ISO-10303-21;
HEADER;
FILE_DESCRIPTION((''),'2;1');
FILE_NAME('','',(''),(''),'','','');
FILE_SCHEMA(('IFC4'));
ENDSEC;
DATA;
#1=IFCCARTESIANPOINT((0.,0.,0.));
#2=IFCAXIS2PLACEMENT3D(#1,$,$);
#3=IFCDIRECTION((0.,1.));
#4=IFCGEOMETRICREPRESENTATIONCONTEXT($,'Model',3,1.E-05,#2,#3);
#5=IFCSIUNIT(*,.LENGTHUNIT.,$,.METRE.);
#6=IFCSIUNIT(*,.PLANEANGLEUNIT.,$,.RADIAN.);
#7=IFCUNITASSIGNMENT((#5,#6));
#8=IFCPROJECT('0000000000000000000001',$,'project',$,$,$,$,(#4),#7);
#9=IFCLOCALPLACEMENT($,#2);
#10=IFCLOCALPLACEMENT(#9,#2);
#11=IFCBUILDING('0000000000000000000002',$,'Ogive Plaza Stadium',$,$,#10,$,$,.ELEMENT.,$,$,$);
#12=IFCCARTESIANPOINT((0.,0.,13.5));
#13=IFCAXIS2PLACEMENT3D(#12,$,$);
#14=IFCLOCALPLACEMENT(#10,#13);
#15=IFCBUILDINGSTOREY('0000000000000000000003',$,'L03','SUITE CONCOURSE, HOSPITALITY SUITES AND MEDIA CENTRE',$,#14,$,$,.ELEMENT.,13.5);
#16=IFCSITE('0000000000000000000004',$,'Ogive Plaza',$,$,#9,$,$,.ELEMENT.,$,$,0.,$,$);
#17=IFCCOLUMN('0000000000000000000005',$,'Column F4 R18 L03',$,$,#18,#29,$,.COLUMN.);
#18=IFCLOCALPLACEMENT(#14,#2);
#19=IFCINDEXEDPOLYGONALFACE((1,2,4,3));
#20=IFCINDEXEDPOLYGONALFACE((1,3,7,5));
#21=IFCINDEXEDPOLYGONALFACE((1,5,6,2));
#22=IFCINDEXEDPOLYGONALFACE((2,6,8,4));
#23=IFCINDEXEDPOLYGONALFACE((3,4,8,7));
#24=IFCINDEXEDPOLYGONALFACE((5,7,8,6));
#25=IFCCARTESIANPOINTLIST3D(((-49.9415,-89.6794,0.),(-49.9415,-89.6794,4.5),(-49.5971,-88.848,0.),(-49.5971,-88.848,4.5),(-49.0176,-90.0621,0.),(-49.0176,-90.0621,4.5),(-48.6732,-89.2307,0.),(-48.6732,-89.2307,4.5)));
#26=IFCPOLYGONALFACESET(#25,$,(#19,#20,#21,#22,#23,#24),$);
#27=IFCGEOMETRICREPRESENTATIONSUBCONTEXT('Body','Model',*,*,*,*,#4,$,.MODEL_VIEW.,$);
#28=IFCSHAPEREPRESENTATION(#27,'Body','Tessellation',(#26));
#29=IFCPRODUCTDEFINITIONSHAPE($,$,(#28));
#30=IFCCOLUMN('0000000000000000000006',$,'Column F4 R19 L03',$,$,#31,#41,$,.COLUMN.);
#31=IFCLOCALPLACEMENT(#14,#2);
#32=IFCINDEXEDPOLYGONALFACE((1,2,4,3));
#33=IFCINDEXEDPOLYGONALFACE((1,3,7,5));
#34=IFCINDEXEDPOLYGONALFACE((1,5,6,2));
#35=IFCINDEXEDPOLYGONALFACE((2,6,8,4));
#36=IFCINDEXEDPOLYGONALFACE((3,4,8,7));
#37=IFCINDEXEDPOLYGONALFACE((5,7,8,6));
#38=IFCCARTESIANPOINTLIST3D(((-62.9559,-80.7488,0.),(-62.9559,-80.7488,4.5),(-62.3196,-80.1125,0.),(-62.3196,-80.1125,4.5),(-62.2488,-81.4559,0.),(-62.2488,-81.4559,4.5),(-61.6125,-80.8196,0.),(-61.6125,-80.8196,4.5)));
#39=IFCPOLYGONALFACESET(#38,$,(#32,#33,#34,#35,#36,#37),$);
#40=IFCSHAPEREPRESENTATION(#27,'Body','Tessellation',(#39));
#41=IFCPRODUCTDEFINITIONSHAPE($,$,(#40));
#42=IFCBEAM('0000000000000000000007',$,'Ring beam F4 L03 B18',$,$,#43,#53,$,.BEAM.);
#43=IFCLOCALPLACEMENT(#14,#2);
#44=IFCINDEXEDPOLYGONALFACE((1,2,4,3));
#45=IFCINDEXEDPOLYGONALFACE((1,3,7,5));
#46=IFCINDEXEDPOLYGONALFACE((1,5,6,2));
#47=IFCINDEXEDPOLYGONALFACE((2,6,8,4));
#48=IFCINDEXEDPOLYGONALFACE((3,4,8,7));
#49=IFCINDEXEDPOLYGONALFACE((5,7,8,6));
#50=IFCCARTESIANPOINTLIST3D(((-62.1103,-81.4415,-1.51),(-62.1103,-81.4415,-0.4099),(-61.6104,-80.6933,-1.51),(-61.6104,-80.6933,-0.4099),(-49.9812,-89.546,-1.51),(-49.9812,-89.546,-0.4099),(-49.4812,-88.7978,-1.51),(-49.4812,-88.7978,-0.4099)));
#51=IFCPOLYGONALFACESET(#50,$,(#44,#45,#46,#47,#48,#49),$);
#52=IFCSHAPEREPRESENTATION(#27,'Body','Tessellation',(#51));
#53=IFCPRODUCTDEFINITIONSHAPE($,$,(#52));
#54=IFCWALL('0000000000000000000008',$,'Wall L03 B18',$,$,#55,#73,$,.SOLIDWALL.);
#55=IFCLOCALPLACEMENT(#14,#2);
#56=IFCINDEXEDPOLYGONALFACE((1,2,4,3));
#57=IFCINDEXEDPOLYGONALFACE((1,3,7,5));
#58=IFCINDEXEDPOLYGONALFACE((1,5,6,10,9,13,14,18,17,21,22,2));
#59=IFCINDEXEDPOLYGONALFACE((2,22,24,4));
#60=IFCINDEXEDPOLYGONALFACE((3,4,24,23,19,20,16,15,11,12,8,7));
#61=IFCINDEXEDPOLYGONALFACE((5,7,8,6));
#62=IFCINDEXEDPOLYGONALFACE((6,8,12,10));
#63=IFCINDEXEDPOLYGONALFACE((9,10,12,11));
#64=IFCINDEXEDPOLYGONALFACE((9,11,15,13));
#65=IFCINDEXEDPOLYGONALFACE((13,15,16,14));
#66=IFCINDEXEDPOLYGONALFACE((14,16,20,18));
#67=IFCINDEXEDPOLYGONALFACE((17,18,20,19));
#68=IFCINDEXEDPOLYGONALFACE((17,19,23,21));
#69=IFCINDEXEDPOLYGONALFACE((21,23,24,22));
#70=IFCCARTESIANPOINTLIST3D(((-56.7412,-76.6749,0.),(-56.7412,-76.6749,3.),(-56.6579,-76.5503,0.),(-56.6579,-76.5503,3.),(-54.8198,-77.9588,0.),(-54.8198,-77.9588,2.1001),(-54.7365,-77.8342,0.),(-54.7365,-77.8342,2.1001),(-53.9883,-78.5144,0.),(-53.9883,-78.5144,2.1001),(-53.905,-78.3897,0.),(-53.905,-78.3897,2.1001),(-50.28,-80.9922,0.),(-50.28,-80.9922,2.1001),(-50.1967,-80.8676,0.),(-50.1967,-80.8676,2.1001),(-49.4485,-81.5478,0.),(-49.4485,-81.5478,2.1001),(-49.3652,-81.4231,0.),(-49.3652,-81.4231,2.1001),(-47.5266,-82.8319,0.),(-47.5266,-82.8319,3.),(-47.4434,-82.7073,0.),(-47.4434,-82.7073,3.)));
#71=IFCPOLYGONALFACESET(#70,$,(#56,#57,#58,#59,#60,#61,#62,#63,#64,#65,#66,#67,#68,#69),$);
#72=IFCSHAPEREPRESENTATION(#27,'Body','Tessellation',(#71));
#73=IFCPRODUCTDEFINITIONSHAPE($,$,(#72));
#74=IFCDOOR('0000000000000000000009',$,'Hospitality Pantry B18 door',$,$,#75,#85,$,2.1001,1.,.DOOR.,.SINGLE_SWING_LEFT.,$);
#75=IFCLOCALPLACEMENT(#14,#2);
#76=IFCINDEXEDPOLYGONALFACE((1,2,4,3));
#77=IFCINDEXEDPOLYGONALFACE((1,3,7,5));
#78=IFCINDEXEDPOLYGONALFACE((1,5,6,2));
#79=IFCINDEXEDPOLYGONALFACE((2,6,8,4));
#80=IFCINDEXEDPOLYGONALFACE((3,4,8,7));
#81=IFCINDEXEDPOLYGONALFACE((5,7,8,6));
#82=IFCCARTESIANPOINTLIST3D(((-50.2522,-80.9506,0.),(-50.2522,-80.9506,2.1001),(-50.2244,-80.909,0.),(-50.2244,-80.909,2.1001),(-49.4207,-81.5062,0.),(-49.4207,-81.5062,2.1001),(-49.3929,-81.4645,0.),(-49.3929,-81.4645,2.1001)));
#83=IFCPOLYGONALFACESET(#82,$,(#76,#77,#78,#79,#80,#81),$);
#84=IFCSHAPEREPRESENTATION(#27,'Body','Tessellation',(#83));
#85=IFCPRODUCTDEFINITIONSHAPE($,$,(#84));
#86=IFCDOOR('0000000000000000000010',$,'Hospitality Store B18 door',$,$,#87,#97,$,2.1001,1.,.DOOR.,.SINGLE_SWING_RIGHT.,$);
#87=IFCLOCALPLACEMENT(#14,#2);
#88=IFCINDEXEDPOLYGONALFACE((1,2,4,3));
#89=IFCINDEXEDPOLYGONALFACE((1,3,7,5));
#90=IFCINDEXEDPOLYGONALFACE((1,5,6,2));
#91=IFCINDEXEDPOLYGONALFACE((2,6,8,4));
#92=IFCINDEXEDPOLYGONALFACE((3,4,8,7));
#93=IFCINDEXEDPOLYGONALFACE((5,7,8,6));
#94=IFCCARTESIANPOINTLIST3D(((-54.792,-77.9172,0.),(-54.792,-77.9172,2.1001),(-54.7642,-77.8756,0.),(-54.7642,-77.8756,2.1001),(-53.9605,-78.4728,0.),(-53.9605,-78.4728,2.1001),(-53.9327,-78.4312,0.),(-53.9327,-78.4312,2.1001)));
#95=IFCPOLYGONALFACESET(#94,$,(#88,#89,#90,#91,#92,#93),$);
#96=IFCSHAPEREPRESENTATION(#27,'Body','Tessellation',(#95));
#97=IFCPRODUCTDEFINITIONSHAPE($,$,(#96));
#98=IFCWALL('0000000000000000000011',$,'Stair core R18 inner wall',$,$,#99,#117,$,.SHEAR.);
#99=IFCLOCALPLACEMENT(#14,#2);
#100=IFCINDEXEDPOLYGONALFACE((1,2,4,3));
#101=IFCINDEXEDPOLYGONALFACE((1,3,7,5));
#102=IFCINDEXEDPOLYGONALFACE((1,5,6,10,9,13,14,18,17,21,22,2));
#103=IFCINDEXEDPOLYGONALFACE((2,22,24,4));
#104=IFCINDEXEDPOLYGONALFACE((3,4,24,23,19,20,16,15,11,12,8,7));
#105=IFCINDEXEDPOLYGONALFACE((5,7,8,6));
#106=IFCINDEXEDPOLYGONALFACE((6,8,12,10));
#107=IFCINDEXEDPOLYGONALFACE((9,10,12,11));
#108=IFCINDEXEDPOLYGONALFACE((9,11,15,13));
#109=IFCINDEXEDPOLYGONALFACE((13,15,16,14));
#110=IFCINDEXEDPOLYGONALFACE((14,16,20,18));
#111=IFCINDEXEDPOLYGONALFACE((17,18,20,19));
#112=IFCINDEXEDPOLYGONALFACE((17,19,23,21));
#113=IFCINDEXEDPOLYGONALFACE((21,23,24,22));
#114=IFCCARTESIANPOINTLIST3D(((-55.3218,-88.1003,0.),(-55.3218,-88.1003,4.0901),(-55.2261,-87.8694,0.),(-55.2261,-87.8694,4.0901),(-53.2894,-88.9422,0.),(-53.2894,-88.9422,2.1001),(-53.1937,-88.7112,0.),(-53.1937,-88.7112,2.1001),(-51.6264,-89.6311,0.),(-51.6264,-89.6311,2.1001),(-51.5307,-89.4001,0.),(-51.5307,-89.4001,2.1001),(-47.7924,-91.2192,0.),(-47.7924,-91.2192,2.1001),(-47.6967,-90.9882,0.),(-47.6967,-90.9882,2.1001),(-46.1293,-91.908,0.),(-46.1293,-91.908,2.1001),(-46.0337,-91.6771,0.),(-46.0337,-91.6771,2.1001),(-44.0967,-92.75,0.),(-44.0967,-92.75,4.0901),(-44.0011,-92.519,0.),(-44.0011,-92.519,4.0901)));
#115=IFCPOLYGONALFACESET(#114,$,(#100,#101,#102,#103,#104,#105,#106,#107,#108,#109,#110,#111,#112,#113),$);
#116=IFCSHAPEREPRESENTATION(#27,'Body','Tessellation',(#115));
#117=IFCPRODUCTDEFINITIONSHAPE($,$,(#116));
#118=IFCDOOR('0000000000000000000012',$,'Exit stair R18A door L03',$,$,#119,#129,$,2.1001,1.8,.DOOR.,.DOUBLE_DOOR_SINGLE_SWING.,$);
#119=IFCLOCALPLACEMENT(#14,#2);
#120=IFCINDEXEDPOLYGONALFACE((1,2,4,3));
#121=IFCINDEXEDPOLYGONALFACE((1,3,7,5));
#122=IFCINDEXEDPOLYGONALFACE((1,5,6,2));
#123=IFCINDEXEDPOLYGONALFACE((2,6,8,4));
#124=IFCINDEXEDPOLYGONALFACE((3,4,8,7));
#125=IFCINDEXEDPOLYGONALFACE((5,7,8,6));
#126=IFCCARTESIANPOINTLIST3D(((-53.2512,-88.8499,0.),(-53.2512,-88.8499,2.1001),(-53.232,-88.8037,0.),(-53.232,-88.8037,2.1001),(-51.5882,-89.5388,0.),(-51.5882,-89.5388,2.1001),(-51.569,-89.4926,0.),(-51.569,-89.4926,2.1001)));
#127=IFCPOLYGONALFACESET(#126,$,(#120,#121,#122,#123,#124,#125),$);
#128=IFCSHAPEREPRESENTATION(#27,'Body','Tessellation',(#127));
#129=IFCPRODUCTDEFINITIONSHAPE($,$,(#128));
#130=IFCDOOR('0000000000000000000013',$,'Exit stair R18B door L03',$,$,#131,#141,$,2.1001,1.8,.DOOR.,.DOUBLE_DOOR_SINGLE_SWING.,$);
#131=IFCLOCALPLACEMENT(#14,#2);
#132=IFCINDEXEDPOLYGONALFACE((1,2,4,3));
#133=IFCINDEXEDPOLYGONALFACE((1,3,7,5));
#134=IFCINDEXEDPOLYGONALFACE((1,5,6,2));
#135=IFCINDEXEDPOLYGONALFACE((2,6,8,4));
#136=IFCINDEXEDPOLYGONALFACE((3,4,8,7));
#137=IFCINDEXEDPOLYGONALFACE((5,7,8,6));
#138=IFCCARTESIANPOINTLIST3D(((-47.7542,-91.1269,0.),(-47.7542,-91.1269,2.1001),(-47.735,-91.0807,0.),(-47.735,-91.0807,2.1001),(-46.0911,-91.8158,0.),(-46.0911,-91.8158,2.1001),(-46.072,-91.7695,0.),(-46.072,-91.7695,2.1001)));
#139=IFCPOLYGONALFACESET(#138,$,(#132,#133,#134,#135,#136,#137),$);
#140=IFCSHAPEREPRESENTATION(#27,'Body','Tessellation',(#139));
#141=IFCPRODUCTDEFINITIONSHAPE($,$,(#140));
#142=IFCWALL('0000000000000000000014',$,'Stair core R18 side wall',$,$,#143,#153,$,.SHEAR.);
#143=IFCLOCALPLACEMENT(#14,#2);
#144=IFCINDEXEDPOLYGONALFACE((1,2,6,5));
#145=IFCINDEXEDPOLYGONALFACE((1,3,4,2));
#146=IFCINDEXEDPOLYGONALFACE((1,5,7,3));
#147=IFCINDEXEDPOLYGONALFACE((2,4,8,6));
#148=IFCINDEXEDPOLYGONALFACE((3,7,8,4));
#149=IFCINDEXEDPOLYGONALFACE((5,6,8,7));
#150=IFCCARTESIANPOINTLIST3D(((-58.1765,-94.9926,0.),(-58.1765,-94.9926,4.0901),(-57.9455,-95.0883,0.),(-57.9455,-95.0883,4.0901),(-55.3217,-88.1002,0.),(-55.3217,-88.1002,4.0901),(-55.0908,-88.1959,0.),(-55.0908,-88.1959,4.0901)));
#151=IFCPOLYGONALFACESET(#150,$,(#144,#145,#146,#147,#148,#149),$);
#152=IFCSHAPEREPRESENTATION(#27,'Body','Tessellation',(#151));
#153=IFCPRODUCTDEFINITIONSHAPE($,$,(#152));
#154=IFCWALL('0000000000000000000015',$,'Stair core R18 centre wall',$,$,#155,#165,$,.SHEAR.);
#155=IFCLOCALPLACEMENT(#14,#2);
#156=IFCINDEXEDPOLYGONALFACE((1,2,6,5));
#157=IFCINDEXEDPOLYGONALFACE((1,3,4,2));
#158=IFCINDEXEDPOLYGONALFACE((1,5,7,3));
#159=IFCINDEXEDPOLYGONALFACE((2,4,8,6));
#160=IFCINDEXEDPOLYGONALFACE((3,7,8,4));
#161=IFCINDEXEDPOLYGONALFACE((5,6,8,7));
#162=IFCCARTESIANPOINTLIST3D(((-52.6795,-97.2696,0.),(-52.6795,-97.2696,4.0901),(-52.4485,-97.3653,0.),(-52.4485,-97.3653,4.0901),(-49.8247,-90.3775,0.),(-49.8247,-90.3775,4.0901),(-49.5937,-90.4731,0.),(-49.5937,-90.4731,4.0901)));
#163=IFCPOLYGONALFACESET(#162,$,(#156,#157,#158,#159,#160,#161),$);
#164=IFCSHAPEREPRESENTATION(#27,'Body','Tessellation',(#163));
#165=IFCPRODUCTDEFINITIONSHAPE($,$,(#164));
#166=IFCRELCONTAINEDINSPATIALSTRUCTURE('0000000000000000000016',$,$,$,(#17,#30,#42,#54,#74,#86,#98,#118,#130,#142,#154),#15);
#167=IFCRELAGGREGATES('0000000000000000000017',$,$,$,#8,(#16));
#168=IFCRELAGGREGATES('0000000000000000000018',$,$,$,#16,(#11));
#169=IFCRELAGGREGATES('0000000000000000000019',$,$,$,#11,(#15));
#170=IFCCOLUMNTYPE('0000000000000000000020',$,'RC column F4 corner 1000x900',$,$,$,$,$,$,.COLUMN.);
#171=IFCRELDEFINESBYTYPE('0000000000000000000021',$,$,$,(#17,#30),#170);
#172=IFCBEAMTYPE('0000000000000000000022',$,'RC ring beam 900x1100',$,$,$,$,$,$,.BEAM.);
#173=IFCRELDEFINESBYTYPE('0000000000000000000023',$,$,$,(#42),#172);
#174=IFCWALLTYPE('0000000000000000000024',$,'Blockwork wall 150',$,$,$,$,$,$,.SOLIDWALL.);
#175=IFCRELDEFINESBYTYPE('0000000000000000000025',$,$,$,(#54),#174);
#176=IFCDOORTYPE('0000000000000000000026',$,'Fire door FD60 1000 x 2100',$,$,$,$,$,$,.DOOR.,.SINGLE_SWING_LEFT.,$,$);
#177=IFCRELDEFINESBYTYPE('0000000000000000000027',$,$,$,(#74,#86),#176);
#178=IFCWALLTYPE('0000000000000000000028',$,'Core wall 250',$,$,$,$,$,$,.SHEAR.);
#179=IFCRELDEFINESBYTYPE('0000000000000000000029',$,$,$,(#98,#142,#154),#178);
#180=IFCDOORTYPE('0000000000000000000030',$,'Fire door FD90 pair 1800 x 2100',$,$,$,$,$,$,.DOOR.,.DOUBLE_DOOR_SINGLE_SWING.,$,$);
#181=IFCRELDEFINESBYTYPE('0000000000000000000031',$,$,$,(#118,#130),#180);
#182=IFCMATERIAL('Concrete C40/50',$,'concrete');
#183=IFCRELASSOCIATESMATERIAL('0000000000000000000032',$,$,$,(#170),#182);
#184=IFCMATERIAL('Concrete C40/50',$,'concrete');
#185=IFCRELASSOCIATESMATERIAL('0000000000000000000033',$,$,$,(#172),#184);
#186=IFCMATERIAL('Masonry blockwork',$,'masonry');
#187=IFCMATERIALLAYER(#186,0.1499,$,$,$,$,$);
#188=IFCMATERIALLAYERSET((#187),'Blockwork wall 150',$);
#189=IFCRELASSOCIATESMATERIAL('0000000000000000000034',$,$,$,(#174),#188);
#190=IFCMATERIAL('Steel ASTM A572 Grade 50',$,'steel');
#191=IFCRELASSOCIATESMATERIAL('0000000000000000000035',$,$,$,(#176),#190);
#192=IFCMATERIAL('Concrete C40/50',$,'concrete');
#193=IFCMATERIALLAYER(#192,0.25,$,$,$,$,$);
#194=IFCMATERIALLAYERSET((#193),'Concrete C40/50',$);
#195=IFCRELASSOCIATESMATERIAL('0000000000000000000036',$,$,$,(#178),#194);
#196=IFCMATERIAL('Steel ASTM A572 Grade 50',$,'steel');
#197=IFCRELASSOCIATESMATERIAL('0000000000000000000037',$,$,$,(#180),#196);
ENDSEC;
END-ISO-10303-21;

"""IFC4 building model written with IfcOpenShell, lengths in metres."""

from ifc_helpers import new_model, si_unit, direction, frame, frame_2d, origin, origin_2d, place, context, subcontext, project, spatial, rectangle, extrude, material, layer, layer_set, material_profile, profile_set, type_object, element, fill, save


model = new_model("IFC4")

# Units and contexts
model_context = context("Model", 3, precision=1e-05, world=origin(), true_north=direction((0.0, 1.0)))
body_context = subcontext(model_context, "Body", "Model", "MODEL_VIEW")
ifc_project = project(units=[si_unit("LENGTHUNIT", "METRE"), si_unit("PLANEANGLEUNIT", "RADIAN")], contexts=[model_context])

# Site, building, storey
site_placement = place(None, origin())
site = spatial("IfcSite", under=ifc_project, at=site_placement, Name="Ogive Plaza", CompositionType="ELEMENT", RefElevation=0.0)
building_placement = place(site_placement, origin())
building = spatial("IfcBuilding", under=site, at=building_placement, Name="Ogive Plaza Stadium", CompositionType="ELEMENT")
storey_placement = place(building_placement, frame((0.0, 0.0, 13.5)))
storey = spatial("IfcBuildingStorey", under=building, at=storey_placement, Name="L03", Description="SUITE CONCOURSE, HOSPITALITY SUITES AND MEDIA CENTRE", CompositionType="ELEMENT", Elevation=13.5)

# Columns
ifc_material_1 = material(Name="Concrete C40/50", Category="concrete")
ifc_material_profile_1 = material_profile(ifc_material_1, rectangle(XDim=1.0, YDim=0.8999, at=origin_2d()), Name="RC 1000x900")
ifc_profile_set_1 = profile_set([ifc_material_profile_1], Name="Concrete C40/50")
column_type = type_object("IfcColumnType", Name="RC column F4 corner 1000x900", PredefinedType="COLUMN", material=ifc_profile_set_1)
for number, where, z_axis, x_axis, name in (
    (1, (-49.3074, -89.4551, 0.0), (0.0, 0.0, 1.0), (0.92388, -0.382683, 0.0), "Column F4 R18 L03"),
    (2, (-62.2842, -80.7842, 0.0), (0.0, 0.0, 1.0), (0.707107, -0.707107, 0.0), "Column F4 R19 L03"),
):
    element("IfcColumn", number, at=place(storey_placement, frame(where, z_axis=z_axis, x_axis=x_axis)), inside=storey, type_object=column_type, Name=name, PredefinedType="COLUMN", context=body_context, shape_type="SweptSolid", body=[
        extrude(rectangle(XDim=1.0, YDim=0.8999, at=origin_2d()), origin(), (0.0, 0.0, 1.0), 4.5),
    ])

# Beam
ifc_material_2 = material(Name="Concrete C40/50", Category="concrete")
ifc_material_profile_2 = material_profile(ifc_material_2, rectangle(XDim=0.8999, YDim=1.1001, at=origin_2d()), Name="RC 900x1100")
ifc_profile_set_2 = profile_set([ifc_material_profile_2], Name="Concrete C40/50")
beam_type = type_object("IfcBeamType", Name="RC ring beam 900x1100", PredefinedType="BEAM", material=ifc_profile_set_2)
beam_placement = place(storey_placement, frame((-49.7312, -89.1719, -0.96), z_axis=(-0.831468, 0.555573, 0.0), x_axis=(-0.555573, -0.831468, 0.0)))
element("IfcBeam", 3, at=beam_placement, inside=storey, type_object=beam_type, Name="Ring beam F4 L03 B18", PredefinedType="BEAM", context=body_context, shape_type="SweptSolid", body=[
    extrude(rectangle(XDim=0.8999, YDim=1.1001, at=origin_2d()), origin(), (0.0, 0.0, 1.0), 14.5876),
])

# Walls, openings, doors
ifc_material_3 = material(Name="Masonry blockwork", Category="masonry")
ifc_layer_1 = layer(ifc_material_3, 0.1499)
ifc_layer_set_1 = layer_set([ifc_layer_1], Name="Blockwork wall 150")
wall_type_1 = type_object("IfcWallType", Name="Blockwork wall 150", PredefinedType="SOLIDWALL", material=ifc_layer_set_1)
wall_1_placement = place(storey_placement, frame((-47.4851, -82.7695, 0.0), z_axis=(0.0, 0.0, 1.0), x_axis=(-0.83147, 0.555569, 0.0)))
wall_1 = element("IfcWall", 4, at=wall_1_placement, inside=storey, type_object=wall_type_1, Name="Wall L03 B18", PredefinedType="SOLIDWALL", context=body_context, shape_type="SweptSolid", body=[
    extrude(rectangle(XDim=11.0823, YDim=0.1499, at=frame_2d((5.541, 0.0))), origin(), (0.0, 0.0, 1.0), 3.0),
])
opening_1_placement = place(wall_1_placement, frame((2.3113, 0.0, 0.0)))
opening_1 = element("IfcOpeningElement", 5, at=opening_1_placement, cuts=wall_1, PredefinedType="OPENING", context=body_context, shape_type="SweptSolid", body=[
    extrude(rectangle(XDim=1.0, YDim=2.1001, at=frame_2d((0.5, 1.05))), frame((0.0, 0.075, 0.0), z_axis=(0.0, -1.0, 0.0), x_axis=(1.0, 0.0, 0.0)), (0.0, 0.0, 1.0), 0.1499),
])
opening_2_placement = place(wall_1_placement, frame((7.7712, 0.0, 0.0)))
opening_2 = element("IfcOpeningElement", 6, at=opening_2_placement, cuts=wall_1, PredefinedType="OPENING", context=body_context, shape_type="SweptSolid", body=[
    extrude(rectangle(XDim=1.0, YDim=2.1001, at=frame_2d((0.5, 1.05))), frame((0.0, 0.075, 0.0), z_axis=(0.0, -1.0, 0.0), x_axis=(1.0, 0.0, 0.0)), (0.0, 0.0, 1.0), 0.1499),
])
ifc_material_4 = material(Name="Steel ASTM A572 Grade 50", Category="steel")
door_type_1 = type_object("IfcDoorType", Name="Fire door FD60 1000 x 2100", OperationType="SINGLE_SWING_LEFT", PredefinedType="DOOR", material=ifc_material_4)
door_1_placement = place(opening_1_placement, origin())
door_1 = element("IfcDoor", 7, at=door_1_placement, inside=storey, type_object=door_type_1, Name="Hospitality Pantry B18 door", OperationType="SINGLE_SWING_LEFT", OverallHeight=2.1001, OverallWidth=1.0, PredefinedType="DOOR", context=body_context, shape_type="SweptSolid", body=[
    extrude(rectangle(XDim=1.0, YDim=2.1001, at=frame_2d((0.5, 1.05))), frame((0.0, 0.0249, 0.0), z_axis=(0.0, -1.0, 0.0), x_axis=(1.0, 0.0, 0.0)), (0.0, 0.0, 1.0), 0.05),
])
fill(opening_1, door_1)
door_2_placement = place(opening_2_placement, origin())
door_2 = element("IfcDoor", 8, at=door_2_placement, inside=storey, type_object=door_type_1, Name="Hospitality Store B18 door", OperationType="SINGLE_SWING_RIGHT", OverallHeight=2.1001, OverallWidth=1.0, PredefinedType="DOOR", context=body_context, shape_type="SweptSolid", body=[
    extrude(rectangle(XDim=1.0, YDim=2.1001, at=frame_2d((0.5, 1.05))), frame((0.0, 0.0249, 0.0), z_axis=(0.0, -1.0, 0.0), x_axis=(1.0, 0.0, 0.0)), (0.0, 0.0, 1.0), 0.05),
])
fill(opening_2, door_2)
ifc_material_5 = material(Name="Concrete C40/50", Category="concrete")
ifc_layer_2 = layer(ifc_material_5, 0.25)
ifc_layer_set_2 = layer_set([ifc_layer_2], Name="Concrete C40/50")
wall_type_2 = type_object("IfcWallType", Name="Core wall 250", PredefinedType="SHEAR", material=ifc_layer_set_2)
wall_2_placement = place(storey_placement, frame((-55.2739, -87.9849, 0.0), z_axis=(0.0, 0.0, 1.0), x_axis=(0.923877, -0.382688, 0.0)))
wall_2 = element("IfcWall", 9, at=wall_2_placement, inside=storey, type_object=wall_type_2, Name="Stair core R18 inner wall", PredefinedType="SHEAR", context=body_context, shape_type="SweptSolid", body=[
    extrude(rectangle(XDim=12.1499, YDim=0.25, at=frame_2d((6.075, 0.0))), origin(), (0.0, 0.0, 1.0), 4.0901),
])
opening_3_placement = place(wall_2_placement, frame((2.2, 0.0, 0.0)))
opening_3 = element("IfcOpeningElement", 10, at=opening_3_placement, cuts=wall_2, PredefinedType="OPENING", context=body_context, shape_type="SweptSolid", body=[
    extrude(rectangle(XDim=1.8, YDim=2.1001, at=frame_2d((0.8999, 1.05))), frame((0.0, 0.125, 0.0), z_axis=(0.0, -1.0, 0.0), x_axis=(1.0, 0.0, 0.0)), (0.0, 0.0, 1.0), 0.25),
])
opening_4_placement = place(wall_2_placement, frame((8.1499, 0.0, 0.0)))
opening_4 = element("IfcOpeningElement", 11, at=opening_4_placement, cuts=wall_2, PredefinedType="OPENING", context=body_context, shape_type="SweptSolid", body=[
    extrude(rectangle(XDim=1.8, YDim=2.1001, at=frame_2d((0.8999, 1.05))), frame((0.0, 0.125, 0.0), z_axis=(0.0, -1.0, 0.0), x_axis=(1.0, 0.0, 0.0)), (0.0, 0.0, 1.0), 0.25),
])
ifc_material_6 = material(Name="Steel ASTM A572 Grade 50", Category="steel")
door_type_2 = type_object("IfcDoorType", Name="Fire door FD90 pair 1800 x 2100", OperationType="DOUBLE_DOOR_SINGLE_SWING", PredefinedType="DOOR", material=ifc_material_6)
door_3_placement = place(opening_3_placement, origin())
door_3 = element("IfcDoor", 12, at=door_3_placement, inside=storey, type_object=door_type_2, Name="Exit stair R18A door L03", OperationType="DOUBLE_DOOR_SINGLE_SWING", OverallHeight=2.1001, OverallWidth=1.8, PredefinedType="DOOR", context=body_context, shape_type="SweptSolid", body=[
    extrude(rectangle(XDim=1.8, YDim=2.1001, at=frame_2d((0.8999, 1.05))), frame((0.0, 0.0249, 0.0), z_axis=(0.0, -1.0, 0.0), x_axis=(1.0, 0.0, 0.0)), (0.0, 0.0, 1.0), 0.05),
])
fill(opening_3, door_3)
door_4_placement = place(opening_4_placement, origin())
door_4 = element("IfcDoor", 13, at=door_4_placement, inside=storey, type_object=door_type_2, Name="Exit stair R18B door L03", OperationType="DOUBLE_DOOR_SINGLE_SWING", OverallHeight=2.1001, OverallWidth=1.8, PredefinedType="DOOR", context=body_context, shape_type="SweptSolid", body=[
    extrude(rectangle(XDim=1.8, YDim=2.1001, at=frame_2d((0.8999, 1.05))), frame((0.0, 0.0249, 0.0), z_axis=(0.0, -1.0, 0.0), x_axis=(1.0, 0.0, 0.0)), (0.0, 0.0, 1.0), 0.05),
])
fill(opening_4, door_4)

# Walls
wall_3_placement = place(storey_placement, frame((-55.2063, -88.1482, 0.0), z_axis=(0.0, 0.0, 1.0), x_axis=(-0.382665, -0.923887, 0.0)))
element("IfcWall", 14, at=wall_3_placement, inside=storey, type_object=wall_type_2, Name="Stair core R18 side wall", PredefinedType="SHEAR", context=body_context, shape_type="SweptSolid", body=[
    extrude(rectangle(XDim=7.4602, YDim=0.25, at=frame_2d((3.73, 0.0))), origin(), (0.0, 0.0, 1.0), 4.0901),
])
wall_4_placement = place(storey_placement, frame((-49.7092, -90.4253, 0.0), z_axis=(0.0, 0.0, 1.0), x_axis=(-0.382676, -0.923882, 0.0)))
element("IfcWall", 15, at=wall_4_placement, inside=storey, type_object=wall_type_2, Name="Stair core R18 centre wall", PredefinedType="SHEAR", context=body_context, shape_type="SweptSolid", body=[
    extrude(rectangle(XDim=7.46, YDim=0.25, at=frame_2d((3.73, 0.0))), origin(), (0.0, 0.0, 1.0), 4.0901),
])

save(model, "model.ifc")
